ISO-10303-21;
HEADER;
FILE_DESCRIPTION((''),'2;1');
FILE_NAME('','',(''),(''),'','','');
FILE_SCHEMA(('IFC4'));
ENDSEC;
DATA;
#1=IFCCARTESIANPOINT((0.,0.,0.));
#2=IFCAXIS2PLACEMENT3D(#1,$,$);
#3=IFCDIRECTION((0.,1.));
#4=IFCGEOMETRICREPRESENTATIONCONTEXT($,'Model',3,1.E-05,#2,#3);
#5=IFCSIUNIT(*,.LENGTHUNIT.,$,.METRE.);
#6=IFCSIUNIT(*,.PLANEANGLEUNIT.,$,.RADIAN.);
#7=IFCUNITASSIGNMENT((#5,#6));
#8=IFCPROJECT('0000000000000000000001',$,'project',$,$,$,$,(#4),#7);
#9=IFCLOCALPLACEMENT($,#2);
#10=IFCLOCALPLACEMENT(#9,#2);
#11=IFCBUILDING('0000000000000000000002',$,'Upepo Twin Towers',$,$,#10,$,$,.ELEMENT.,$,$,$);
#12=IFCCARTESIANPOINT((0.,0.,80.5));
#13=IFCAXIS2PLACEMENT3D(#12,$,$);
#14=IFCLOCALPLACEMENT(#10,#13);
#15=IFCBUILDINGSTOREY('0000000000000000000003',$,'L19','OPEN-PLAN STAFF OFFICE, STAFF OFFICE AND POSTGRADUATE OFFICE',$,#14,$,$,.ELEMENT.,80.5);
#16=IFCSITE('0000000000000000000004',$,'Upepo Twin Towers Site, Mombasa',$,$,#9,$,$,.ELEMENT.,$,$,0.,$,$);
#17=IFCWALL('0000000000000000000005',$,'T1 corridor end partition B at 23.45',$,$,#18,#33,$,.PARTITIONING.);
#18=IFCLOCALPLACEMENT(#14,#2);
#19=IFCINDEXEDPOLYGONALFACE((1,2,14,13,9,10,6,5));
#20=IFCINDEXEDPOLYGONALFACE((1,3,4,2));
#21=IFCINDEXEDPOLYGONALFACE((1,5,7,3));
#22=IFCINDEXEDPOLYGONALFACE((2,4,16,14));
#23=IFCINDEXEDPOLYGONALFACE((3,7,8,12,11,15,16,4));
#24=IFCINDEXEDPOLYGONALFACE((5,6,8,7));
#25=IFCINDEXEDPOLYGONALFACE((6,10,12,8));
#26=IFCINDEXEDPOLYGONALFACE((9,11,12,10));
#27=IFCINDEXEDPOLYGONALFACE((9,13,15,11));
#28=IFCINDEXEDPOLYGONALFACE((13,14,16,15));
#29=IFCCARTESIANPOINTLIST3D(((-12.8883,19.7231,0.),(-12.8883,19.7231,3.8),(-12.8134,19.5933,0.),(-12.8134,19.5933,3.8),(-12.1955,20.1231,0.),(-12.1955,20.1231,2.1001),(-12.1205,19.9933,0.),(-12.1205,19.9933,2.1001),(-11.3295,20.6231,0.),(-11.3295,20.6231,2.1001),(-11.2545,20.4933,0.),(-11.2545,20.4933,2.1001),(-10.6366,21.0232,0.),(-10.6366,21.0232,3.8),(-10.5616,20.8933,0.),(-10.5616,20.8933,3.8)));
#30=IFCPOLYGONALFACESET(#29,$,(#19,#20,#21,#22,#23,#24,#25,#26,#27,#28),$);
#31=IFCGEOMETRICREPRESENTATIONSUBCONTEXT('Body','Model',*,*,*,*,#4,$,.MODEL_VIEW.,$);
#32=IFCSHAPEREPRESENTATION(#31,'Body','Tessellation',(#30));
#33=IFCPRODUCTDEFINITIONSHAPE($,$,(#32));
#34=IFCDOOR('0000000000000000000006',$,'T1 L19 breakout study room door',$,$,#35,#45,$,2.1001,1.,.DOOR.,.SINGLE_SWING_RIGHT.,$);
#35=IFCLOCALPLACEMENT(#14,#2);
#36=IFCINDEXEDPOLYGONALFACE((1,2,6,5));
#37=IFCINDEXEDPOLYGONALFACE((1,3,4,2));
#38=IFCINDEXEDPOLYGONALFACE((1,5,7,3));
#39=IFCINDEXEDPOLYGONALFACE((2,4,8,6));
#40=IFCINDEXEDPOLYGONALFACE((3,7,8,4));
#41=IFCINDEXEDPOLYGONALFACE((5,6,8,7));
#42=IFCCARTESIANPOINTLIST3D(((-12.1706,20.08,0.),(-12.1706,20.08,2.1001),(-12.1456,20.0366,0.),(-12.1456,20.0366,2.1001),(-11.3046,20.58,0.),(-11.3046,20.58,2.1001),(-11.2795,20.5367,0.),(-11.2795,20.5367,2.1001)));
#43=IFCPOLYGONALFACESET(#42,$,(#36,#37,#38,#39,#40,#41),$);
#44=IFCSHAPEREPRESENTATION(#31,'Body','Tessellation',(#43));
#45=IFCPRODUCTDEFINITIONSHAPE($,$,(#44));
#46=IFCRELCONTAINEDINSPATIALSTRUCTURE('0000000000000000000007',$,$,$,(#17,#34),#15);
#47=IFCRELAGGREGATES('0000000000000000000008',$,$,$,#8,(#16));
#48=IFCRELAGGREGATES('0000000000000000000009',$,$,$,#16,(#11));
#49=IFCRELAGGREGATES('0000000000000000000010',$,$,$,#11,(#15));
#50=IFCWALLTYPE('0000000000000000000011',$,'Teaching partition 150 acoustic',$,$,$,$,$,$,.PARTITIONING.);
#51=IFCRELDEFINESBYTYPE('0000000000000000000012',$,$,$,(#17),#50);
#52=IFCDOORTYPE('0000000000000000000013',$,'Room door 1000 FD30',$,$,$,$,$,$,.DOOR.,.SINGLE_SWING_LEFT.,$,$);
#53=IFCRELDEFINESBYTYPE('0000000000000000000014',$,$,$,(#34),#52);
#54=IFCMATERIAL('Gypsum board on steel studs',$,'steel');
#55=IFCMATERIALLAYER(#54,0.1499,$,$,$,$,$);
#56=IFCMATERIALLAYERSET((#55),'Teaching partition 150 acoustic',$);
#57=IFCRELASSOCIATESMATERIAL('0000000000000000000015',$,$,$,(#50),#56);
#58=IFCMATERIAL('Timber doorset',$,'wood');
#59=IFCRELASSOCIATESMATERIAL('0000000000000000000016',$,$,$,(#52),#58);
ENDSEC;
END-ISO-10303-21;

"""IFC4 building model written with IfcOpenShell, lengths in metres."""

from ifc_helpers import new_model, si_unit, direction, frame, frame_2d, origin, place, context, subcontext, project, spatial, rectangle, extrude, material, layer, layer_set, type_object, element, fill, save


model = new_model("IFC4")

# Units and contexts
model_context = context("Model", 3, precision=1e-05, world=origin(), true_north=direction((0.0, 1.0)))
body_context = subcontext(model_context, "Body", "Model", "MODEL_VIEW")
ifc_project = project(units=[si_unit("LENGTHUNIT", "METRE"), si_unit("PLANEANGLEUNIT", "RADIAN")], contexts=[model_context])

# Site, building, storey
site_placement = place(None, origin())
site = spatial("IfcSite", under=ifc_project, at=site_placement, Name="Upepo Twin Towers Site, Mombasa", CompositionType="ELEMENT", RefElevation=0.0)
building_placement = place(site_placement, origin())
building = spatial("IfcBuilding", under=site, at=building_placement, Name="Upepo Twin Towers", CompositionType="ELEMENT")
storey_placement = place(building_placement, frame((0.0, 0.0, 80.5)))
storey = spatial("IfcBuildingStorey", under=building, at=storey_placement, Name="L19", Description="OPEN-PLAN STAFF OFFICE, STAFF OFFICE AND POSTGRADUATE OFFICE", CompositionType="ELEMENT", Elevation=80.5)

# Wall, opening, door
ifc_material_1 = material(Name="Gypsum board on steel studs", Category="steel")
ifc_layer_1 = layer(ifc_material_1, 0.1499)
ifc_layer_set_1 = layer_set([ifc_layer_1], Name="Teaching partition 150 acoustic")
wall_type_1 = type_object("IfcWallType", Name="Teaching partition 150 acoustic", PredefinedType="PARTITIONING", material=ifc_layer_set_1)
wall_1_placement = place(storey_placement, frame((-10.5991, 20.9583, 0.0), z_axis=(0.0, 0.0, 1.0), x_axis=(-0.866021, -0.500007, 0.0)))
wall_1 = element("IfcWall", 1, at=wall_1_placement, inside=storey, type_object=wall_type_1, Name="T1 corridor end partition B at 23.45", PredefinedType="PARTITIONING", context=body_context, shape_type="SweptSolid", body=[
    extrude(rectangle(XDim=2.6001, YDim=0.1499, at=frame_2d((1.3, 0.0))), origin(), (0.0, 0.0, 1.0), 3.8),
])
opening_1_placement = place(wall_1_placement, frame((0.8, 0.0, 0.0)))
opening_1 = element("IfcOpeningElement", 2, at=opening_1_placement, cuts=wall_1, PredefinedType="OPENING", context=body_context, shape_type="SweptSolid", body=[
    extrude(rectangle(XDim=1.0, YDim=2.1001, at=frame_2d((0.5, 1.05))), frame((0.0, 0.085, 0.0), z_axis=(0.0, -1.0, 0.0), x_axis=(1.0, 0.0, 0.0)), (0.0, 0.0, 1.0), 0.1699),
])
ifc_material_2 = material(Name="Timber doorset", Category="wood")
door_type_1 = type_object("IfcDoorType", Name="Room door 1000 FD30", OperationType="SINGLE_SWING_LEFT", PredefinedType="DOOR", material=ifc_material_2)
door_1_placement = place(opening_1_placement, origin())
door_1 = element("IfcDoor", 3, at=door_1_placement, inside=storey, type_object=door_type_1, Name="T1 L19 breakout study room door", OperationType="SINGLE_SWING_RIGHT", OverallHeight=2.1001, OverallWidth=1.0, PredefinedType="DOOR", context=body_context, shape_type="SweptSolid", body=[
    extrude(rectangle(XDim=1.0, YDim=2.1001, at=frame_2d((0.5, 1.05))), frame((0.0, 0.0249, 0.0), z_axis=(0.0, -1.0, 0.0), x_axis=(1.0, 0.0, 0.0)), (0.0, 0.0, 1.0), 0.05),
])
fill(opening_1, door_1)

save(model, "model.ifc")
